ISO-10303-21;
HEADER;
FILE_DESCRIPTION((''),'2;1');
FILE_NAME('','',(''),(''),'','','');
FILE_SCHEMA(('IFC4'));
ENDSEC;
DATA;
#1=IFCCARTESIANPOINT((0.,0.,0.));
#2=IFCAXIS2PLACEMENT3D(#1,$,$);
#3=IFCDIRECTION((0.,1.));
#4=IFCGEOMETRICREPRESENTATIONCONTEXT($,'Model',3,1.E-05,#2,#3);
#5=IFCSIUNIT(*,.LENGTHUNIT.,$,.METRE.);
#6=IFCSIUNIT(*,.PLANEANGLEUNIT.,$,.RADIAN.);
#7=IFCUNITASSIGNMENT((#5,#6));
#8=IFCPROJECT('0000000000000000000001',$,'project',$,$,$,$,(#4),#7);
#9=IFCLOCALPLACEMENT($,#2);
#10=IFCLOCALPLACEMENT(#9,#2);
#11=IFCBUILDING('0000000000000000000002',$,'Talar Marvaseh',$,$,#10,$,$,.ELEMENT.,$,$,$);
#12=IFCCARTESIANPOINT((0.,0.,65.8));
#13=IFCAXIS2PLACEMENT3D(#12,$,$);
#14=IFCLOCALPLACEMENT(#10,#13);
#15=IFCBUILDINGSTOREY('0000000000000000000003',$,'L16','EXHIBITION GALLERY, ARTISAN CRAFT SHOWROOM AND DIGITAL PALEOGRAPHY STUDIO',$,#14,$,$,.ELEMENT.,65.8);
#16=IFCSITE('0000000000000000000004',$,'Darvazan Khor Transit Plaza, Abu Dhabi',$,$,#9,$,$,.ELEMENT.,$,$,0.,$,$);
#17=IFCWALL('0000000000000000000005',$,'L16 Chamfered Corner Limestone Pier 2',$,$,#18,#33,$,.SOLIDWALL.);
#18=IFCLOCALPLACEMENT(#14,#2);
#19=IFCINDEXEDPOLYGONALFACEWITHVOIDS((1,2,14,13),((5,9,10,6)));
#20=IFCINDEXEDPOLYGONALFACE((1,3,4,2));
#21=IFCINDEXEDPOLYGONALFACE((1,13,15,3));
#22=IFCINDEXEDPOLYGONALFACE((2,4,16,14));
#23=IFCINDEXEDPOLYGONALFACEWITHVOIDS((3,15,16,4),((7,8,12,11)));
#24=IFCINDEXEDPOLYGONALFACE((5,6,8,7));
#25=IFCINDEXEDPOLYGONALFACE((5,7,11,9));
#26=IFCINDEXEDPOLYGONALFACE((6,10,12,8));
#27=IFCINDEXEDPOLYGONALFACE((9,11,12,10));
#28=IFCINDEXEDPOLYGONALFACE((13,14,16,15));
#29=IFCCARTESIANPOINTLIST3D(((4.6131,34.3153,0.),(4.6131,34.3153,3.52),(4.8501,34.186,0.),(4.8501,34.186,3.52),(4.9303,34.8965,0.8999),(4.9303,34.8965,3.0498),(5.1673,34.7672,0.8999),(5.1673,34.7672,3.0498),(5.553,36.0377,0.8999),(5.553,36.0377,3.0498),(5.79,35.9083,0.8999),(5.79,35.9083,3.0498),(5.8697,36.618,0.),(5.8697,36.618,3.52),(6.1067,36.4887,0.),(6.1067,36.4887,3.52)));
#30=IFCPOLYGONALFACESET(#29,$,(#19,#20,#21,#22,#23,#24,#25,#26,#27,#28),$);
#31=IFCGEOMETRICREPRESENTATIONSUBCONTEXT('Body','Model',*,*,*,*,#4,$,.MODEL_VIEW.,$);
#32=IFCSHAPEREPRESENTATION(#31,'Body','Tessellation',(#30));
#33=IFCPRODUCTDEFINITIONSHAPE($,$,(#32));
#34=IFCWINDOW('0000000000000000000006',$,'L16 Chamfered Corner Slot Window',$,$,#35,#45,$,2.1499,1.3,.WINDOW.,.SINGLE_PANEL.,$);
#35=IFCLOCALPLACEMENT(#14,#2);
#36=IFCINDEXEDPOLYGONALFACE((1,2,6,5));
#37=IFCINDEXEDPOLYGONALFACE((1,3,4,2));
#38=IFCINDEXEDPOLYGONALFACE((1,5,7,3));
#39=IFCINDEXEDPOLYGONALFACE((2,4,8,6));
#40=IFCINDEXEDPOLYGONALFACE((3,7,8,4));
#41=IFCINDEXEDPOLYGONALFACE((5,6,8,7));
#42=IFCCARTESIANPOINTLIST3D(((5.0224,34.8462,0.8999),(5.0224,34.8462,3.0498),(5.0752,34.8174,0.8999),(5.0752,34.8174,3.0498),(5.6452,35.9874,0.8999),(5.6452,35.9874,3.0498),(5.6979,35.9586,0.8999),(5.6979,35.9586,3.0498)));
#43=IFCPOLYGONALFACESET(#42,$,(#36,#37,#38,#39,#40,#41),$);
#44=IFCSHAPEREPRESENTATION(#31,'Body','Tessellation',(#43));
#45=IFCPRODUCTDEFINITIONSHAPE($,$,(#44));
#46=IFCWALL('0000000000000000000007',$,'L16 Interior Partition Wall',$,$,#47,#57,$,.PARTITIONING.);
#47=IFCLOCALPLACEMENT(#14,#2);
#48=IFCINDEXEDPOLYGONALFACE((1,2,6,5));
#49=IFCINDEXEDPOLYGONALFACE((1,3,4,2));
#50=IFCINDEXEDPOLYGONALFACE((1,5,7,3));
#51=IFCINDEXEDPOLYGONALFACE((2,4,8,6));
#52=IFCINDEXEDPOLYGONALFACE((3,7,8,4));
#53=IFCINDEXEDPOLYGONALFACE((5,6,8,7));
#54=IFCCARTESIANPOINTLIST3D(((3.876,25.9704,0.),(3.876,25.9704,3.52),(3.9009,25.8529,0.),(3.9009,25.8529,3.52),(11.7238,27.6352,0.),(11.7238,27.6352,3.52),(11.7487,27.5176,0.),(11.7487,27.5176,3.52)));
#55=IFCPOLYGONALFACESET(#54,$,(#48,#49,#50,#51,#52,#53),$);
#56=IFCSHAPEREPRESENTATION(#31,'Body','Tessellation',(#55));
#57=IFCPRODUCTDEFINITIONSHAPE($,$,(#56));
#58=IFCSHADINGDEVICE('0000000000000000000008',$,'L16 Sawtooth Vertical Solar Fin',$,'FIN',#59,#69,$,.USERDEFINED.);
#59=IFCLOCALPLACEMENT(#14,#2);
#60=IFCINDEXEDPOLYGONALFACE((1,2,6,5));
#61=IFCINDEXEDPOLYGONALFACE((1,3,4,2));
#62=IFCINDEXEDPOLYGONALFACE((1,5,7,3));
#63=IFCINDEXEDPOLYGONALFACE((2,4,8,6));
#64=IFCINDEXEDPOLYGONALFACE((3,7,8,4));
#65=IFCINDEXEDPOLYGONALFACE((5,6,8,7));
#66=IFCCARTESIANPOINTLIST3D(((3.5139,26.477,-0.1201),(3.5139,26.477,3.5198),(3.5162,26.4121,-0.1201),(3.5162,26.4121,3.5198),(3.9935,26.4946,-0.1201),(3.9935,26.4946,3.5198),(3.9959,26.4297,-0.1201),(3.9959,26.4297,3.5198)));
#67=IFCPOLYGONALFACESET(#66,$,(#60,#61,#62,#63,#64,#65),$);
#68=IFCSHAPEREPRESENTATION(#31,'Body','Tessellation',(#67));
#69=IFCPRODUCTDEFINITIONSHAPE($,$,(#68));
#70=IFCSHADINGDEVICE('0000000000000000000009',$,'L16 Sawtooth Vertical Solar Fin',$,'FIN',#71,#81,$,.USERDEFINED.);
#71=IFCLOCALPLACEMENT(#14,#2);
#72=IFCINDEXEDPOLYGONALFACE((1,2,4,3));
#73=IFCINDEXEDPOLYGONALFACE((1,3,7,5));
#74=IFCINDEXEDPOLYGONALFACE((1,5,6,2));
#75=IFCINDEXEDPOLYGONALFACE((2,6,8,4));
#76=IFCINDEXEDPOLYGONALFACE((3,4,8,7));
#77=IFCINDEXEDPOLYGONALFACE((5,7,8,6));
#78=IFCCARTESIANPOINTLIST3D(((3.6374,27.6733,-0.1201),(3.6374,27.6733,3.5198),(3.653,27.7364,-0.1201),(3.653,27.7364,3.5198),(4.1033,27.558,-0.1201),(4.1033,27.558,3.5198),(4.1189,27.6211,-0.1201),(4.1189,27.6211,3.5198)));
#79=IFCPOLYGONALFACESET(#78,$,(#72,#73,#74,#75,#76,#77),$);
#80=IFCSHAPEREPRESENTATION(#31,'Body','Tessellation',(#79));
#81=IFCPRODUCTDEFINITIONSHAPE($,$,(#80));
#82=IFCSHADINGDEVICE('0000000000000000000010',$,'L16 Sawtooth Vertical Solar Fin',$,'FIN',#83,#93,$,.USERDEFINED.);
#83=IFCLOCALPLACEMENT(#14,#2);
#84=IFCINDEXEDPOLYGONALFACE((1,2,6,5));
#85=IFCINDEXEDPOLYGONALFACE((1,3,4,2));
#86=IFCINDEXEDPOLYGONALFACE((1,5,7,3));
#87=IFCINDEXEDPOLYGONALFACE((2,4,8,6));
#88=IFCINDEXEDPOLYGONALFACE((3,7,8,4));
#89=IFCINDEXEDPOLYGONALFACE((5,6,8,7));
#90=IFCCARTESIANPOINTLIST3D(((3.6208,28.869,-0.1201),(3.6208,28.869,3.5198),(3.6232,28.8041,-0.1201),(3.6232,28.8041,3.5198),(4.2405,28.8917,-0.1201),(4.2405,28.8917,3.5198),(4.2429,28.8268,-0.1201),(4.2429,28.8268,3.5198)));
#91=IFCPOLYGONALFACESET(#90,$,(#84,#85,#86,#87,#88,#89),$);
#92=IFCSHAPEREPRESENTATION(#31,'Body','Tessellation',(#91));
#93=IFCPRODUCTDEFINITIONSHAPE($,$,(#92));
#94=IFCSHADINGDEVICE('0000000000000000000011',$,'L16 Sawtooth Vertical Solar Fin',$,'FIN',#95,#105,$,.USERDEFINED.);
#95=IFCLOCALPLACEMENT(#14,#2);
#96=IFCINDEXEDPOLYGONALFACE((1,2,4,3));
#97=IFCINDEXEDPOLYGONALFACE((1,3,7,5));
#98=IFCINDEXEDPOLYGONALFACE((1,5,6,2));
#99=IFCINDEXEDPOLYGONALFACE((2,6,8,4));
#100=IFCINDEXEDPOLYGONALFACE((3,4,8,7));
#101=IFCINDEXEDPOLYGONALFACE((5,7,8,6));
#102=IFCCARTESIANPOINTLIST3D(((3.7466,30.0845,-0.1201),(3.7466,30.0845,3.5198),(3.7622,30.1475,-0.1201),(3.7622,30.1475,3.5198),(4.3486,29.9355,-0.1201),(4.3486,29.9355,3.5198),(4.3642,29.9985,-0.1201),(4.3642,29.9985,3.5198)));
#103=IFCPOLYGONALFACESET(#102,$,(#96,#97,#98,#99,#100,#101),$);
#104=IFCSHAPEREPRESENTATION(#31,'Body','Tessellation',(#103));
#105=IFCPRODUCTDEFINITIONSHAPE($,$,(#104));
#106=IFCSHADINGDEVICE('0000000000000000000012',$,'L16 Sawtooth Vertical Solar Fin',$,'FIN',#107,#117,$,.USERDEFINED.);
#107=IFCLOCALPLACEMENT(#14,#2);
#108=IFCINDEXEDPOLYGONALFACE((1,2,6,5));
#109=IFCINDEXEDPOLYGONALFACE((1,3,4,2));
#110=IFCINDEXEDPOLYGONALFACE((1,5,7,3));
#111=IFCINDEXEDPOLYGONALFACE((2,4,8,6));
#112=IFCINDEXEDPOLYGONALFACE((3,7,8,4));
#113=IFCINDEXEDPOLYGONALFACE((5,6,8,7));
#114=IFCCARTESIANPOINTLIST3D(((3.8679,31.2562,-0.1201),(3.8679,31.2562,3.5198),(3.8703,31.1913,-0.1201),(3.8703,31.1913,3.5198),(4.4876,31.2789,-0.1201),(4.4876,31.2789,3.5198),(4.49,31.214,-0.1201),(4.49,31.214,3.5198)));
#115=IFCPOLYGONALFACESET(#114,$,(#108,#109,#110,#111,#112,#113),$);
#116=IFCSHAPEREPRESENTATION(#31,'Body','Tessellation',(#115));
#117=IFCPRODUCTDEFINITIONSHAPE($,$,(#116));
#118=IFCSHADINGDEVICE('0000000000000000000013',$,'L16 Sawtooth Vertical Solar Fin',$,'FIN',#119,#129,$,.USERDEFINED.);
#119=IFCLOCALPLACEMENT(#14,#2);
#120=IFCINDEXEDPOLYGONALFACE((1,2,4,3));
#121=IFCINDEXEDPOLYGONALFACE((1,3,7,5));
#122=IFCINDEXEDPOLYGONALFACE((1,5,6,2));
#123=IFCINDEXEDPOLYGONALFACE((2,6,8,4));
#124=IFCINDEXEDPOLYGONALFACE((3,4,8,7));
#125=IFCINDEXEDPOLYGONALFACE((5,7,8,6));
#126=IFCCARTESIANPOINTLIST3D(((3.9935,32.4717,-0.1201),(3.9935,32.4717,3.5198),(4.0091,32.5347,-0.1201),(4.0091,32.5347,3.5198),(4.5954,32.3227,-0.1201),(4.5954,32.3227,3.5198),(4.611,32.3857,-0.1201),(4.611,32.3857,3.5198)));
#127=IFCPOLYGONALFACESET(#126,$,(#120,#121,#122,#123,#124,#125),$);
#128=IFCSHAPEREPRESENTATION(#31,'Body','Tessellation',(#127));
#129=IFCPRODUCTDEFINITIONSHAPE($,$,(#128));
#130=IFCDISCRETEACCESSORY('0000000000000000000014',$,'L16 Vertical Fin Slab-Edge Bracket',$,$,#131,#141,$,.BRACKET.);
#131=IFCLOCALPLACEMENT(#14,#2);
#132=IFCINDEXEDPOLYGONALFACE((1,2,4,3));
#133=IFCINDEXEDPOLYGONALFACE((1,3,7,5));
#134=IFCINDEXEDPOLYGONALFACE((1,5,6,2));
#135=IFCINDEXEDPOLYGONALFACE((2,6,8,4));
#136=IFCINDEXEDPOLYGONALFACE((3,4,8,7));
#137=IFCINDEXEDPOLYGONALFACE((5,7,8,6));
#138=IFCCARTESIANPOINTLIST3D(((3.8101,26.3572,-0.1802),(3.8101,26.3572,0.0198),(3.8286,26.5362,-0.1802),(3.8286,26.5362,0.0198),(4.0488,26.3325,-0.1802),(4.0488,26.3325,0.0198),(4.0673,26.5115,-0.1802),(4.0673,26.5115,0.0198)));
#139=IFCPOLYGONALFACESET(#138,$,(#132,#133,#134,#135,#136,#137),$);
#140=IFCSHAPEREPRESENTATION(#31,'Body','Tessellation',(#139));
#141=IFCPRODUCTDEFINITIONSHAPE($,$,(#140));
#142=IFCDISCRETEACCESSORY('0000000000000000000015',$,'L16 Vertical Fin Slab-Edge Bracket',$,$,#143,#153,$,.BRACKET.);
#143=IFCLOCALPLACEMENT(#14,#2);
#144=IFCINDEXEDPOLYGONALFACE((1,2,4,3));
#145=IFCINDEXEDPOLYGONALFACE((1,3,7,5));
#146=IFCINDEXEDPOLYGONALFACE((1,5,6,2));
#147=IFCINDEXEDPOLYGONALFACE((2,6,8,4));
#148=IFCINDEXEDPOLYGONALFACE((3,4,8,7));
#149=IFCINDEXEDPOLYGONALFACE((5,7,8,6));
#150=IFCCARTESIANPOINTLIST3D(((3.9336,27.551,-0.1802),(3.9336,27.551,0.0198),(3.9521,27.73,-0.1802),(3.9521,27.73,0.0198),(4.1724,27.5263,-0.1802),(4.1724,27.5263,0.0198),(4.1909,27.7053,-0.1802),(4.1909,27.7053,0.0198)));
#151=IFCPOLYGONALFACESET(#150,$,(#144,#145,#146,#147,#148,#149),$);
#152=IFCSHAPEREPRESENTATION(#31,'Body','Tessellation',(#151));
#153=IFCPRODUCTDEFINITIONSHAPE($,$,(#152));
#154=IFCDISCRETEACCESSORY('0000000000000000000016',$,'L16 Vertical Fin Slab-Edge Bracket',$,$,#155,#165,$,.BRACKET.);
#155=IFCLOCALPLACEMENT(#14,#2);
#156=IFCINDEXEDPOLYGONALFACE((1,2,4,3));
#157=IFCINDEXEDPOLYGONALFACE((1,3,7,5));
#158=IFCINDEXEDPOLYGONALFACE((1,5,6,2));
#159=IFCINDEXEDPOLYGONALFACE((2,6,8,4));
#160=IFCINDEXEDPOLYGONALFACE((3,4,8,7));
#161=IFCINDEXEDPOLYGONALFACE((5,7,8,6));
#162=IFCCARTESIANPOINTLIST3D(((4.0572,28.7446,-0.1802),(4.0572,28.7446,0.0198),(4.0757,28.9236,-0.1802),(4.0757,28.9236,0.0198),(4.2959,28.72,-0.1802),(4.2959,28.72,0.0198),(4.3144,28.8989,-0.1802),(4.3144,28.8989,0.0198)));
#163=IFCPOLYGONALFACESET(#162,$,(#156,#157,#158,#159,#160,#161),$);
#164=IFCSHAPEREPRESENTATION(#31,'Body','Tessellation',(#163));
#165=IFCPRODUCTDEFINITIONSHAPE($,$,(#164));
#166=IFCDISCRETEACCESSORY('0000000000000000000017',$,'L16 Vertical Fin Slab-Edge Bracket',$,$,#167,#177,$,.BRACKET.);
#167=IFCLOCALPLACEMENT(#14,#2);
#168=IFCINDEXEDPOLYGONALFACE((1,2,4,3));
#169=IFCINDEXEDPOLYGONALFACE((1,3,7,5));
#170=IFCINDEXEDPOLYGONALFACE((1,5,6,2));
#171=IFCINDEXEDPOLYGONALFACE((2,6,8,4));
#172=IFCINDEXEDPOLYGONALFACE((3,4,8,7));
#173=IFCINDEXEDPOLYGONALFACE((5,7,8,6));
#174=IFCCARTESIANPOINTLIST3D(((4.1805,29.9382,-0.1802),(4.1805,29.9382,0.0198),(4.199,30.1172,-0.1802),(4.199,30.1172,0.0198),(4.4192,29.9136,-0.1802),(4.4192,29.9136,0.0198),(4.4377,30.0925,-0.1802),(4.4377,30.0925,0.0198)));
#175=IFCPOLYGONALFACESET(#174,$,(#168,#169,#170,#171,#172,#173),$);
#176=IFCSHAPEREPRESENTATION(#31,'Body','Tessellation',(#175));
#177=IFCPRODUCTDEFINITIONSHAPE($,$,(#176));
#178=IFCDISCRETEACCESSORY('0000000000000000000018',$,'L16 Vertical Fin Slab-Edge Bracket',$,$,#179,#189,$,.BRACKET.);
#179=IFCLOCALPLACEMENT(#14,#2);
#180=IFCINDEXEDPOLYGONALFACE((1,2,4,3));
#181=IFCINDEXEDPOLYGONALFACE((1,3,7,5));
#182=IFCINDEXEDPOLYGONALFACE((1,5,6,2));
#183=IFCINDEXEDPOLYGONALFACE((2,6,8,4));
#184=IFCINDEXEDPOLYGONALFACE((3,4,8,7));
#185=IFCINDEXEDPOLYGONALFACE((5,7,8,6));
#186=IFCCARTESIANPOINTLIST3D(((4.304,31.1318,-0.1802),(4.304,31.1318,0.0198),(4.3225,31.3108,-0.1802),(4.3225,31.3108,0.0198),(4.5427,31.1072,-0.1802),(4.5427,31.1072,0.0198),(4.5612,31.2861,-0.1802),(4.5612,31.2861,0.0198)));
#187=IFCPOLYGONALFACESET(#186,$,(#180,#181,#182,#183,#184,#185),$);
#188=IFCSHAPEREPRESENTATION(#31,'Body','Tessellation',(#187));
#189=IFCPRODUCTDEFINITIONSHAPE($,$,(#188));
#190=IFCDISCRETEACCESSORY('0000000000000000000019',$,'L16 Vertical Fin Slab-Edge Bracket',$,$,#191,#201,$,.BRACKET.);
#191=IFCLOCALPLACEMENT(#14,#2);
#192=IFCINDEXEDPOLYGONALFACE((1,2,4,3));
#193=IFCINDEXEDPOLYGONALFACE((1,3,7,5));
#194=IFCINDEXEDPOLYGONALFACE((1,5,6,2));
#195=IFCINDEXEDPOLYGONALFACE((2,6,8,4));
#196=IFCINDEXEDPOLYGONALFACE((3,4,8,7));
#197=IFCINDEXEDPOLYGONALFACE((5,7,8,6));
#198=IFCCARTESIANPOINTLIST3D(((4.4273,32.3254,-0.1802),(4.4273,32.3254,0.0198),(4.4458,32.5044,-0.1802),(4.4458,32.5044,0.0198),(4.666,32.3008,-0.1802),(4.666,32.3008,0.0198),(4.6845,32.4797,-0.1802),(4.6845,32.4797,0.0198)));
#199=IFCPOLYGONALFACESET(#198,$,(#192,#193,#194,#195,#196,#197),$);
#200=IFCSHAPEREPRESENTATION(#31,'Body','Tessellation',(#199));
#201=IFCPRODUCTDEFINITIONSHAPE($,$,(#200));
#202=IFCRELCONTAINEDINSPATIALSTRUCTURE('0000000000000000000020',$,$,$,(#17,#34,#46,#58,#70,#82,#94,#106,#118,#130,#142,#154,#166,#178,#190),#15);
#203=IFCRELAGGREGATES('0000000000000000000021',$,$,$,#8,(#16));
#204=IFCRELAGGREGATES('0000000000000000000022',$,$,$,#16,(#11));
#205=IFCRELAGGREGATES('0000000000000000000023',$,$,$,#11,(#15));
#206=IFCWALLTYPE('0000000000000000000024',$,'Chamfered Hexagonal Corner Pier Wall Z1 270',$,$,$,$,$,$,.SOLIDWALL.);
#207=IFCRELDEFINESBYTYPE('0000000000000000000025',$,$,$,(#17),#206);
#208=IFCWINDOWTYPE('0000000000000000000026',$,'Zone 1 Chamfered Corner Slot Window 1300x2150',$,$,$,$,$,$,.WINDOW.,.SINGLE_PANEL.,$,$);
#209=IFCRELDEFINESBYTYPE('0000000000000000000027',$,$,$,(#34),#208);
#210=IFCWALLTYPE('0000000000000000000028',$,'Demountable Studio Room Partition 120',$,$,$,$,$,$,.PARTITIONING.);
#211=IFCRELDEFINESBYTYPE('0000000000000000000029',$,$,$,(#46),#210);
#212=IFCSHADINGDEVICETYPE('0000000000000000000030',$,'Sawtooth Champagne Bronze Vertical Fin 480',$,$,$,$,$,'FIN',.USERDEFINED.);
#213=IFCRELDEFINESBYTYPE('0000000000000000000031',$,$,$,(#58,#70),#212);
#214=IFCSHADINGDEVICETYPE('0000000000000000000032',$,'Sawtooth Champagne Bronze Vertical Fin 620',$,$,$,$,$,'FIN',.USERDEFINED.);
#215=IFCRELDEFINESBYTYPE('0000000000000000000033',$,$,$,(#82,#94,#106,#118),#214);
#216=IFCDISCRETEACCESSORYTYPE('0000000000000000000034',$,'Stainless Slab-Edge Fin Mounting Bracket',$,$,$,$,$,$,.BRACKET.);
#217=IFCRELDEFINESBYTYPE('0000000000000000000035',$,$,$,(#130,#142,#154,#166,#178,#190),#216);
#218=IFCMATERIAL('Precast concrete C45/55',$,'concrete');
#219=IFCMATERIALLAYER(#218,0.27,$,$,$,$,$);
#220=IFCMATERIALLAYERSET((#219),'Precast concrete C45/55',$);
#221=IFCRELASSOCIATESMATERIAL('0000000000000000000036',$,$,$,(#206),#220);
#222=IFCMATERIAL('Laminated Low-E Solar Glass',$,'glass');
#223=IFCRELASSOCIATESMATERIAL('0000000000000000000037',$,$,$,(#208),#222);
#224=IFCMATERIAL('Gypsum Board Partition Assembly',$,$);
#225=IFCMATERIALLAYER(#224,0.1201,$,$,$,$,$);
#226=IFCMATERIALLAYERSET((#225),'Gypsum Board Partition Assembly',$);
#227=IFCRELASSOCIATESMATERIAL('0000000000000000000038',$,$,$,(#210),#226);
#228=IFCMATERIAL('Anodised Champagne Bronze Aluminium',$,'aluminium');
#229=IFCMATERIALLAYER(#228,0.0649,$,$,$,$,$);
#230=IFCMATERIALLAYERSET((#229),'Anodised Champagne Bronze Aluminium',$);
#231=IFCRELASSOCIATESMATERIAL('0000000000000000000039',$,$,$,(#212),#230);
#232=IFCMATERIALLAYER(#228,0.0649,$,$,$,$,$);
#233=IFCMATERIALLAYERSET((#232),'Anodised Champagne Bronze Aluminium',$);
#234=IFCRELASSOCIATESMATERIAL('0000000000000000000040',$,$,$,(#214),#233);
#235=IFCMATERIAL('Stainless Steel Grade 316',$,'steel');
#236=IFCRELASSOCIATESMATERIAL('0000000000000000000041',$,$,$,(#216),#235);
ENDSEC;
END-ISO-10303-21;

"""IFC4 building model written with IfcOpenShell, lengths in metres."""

from ifc_helpers import new_model, si_unit, direction, frame, frame_2d, origin, origin_2d, place, context, subcontext, project, spatial, rectangle, extrude, source, transform, mapped, material, layer, layer_set, type_object, type_shapes, element, fill, save


model = new_model("IFC4")

# Units and contexts
model_context = context("Model", 3, precision=1e-05, world=origin(), true_north=direction((0.0, 1.0)))
body_context = subcontext(model_context, "Body", "Model", "MODEL_VIEW")
ifc_project = project(units=[si_unit("LENGTHUNIT", "METRE"), si_unit("PLANEANGLEUNIT", "RADIAN")], contexts=[model_context])

# Site, building, storey
site_placement = place(None, origin())
site = spatial("IfcSite", under=ifc_project, at=site_placement, Name="Darvazan Khor Transit Plaza, Abu Dhabi", CompositionType="ELEMENT", RefElevation=0.0)
building_placement = place(site_placement, origin())
building = spatial("IfcBuilding", under=site, at=building_placement, Name="Talar Marvaseh", CompositionType="ELEMENT")
storey_placement = place(building_placement, frame((0.0, 0.0, 65.8)))
storey = spatial("IfcBuildingStorey", under=building, at=storey_placement, Name="L16", Description="EXHIBITION GALLERY, ARTISAN CRAFT SHOWROOM AND DIGITAL PALEOGRAPHY STUDIO", CompositionType="ELEMENT", Elevation=65.8)

# Shared definitions
ifc_material_1 = material(Name="Laminated Low-E Solar Glass", Category="glass")

# Wall, opening, window
ifc_material_2 = material(Name="Precast concrete C45/55", Category="concrete")
ifc_layer_1 = layer(ifc_material_2, 0.27)
ifc_layer_set_1 = layer_set([ifc_layer_1], Name="Precast concrete C45/55")
wall_type_1 = type_object("IfcWallType", Name="Chamfered Hexagonal Corner Pier Wall Z1 270", PredefinedType="SOLIDWALL", material=ifc_layer_set_1)
wall_1_placement = place(storey_placement, frame((4.7317, 34.2507, 0.0), z_axis=(0.0, 0.0, 1.0), x_axis=(0.479015, 0.877807, 0.0)))
wall_1 = element("IfcWall", 1, at=wall_1_placement, inside=storey, type_object=wall_type_1, Name="L16 Chamfered Corner Limestone Pier 2", PredefinedType="SOLIDWALL", context=body_context, shape_type="SweptSolid", body=[
    extrude(rectangle(XDim=2.6233, YDim=0.27, at=frame_2d((1.3115, 0.0))), origin(), (0.0, 0.0, 1.0), 3.52),
])
opening_placement = place(wall_1_placement, frame((0.6621, 0.0, 0.8999)))
opening = element("IfcOpeningElement", 2, at=opening_placement, cuts=wall_1, PredefinedType="OPENING", context=body_context, shape_type="SweptSolid", body=[
    extrude(rectangle(XDim=1.3, YDim=2.1499, at=frame_2d((0.6499, 1.075))), frame((0.0, 0.145, 0.0), z_axis=(0.0, -1.0, 0.0), x_axis=(1.0, 0.0, 0.0)), (0.0, 0.0, 1.0), 0.29),
])
window_type = type_object("IfcWindowType", Name="Zone 1 Chamfered Corner Slot Window 1300x2150", PartitioningType="SINGLE_PANEL", PredefinedType="WINDOW", material=ifc_material_1)
shared_shape_1 = source(origin(), body_context, "Body", "SweptSolid", [
    extrude(rectangle(XDim=1.3, YDim=2.1499, at=frame_2d((0.6499, 1.075))), frame((0.0, 0.03, 0.0), z_axis=(0.0, -1.0, 0.0), x_axis=(1.0, 0.0, 0.0)), (0.0, 0.0, 1.0), 0.0601),
])
type_shapes(window_type, [shared_shape_1])
window_placement = place(opening_placement, origin())
window = element("IfcWindow", 3, at=window_placement, inside=storey, type_object=window_type, Name="L16 Chamfered Corner Slot Window", OverallHeight=2.1499, OverallWidth=1.3, PartitioningType="SINGLE_PANEL", PredefinedType="WINDOW", context=body_context, shape_type="MappedRepresentation", body=[
    mapped(shared_shape_1, transform((0.0, 0.0, 0.0), x_axis=(1.0, 0.0, 0.0), y_axis=(0.0, 1.0, 0.0), z_axis=(0.0, 0.0, 1.0), scale=1.0)),
])
fill(opening, window)

# Wall
ifc_material_3 = material(Name="Gypsum Board Partition Assembly")
ifc_layer_2 = layer(ifc_material_3, 0.1201)
ifc_layer_set_2 = layer_set([ifc_layer_2], Name="Gypsum Board Partition Assembly")
wall_type_2 = type_object("IfcWallType", Name="Demountable Studio Room Partition 120", PredefinedType="PARTITIONING", material=ifc_layer_set_2)
wall_2_placement = place(storey_placement, frame((3.8884, 25.9116, 0.0), z_axis=(0.0, 0.0, 1.0), x_axis=(0.978232, 0.207515, 0.0)))
element("IfcWall", 4, at=wall_2_placement, inside=storey, type_object=wall_type_2, Name="L16 Interior Partition Wall", PredefinedType="PARTITIONING", context=body_context, shape_type="SweptSolid", body=[
    extrude(rectangle(XDim=8.0225, YDim=0.1201, at=frame_2d((4.0112, 0.0))), origin(), (0.0, 0.0, 1.0), 3.52),
])

# Shading devices
ifc_material_4 = material(Name="Anodised Champagne Bronze Aluminium", Category="aluminium")
ifc_layer_3 = layer(ifc_material_4, 0.0649)
ifc_layer_set_3 = layer_set([ifc_layer_3], Name="Anodised Champagne Bronze Aluminium")
shading_device_type_1 = type_object("IfcShadingDeviceType", Name="Sawtooth Champagne Bronze Vertical Fin 480", ElementType="FIN", PredefinedType="USERDEFINED", material=ifc_layer_set_3)
shared_shape_2 = source(origin(), body_context, "Body", "SweptSolid", [
    extrude(rectangle(XDim=0.48, YDim=0.0649, at=origin_2d()), origin(), (0.0, 0.0, 1.0), 3.6399),
])
type_shapes(shading_device_type_1, [shared_shape_2])
for number, where, z_axis, x_axis, name in (
    (5, (3.7549, 26.4534, -0.1201), (0.0, 0.0, 1.0), (-0.999328, -0.036644, 0.0), "L16 Sawtooth Vertical Solar Fin"),
    (6, (3.8782, 27.6472, -0.1201), (0.0, 0.0, 1.0), (-0.970716, 0.240228, 0.0), "L16 Sawtooth Vertical Solar Fin"),
):
    element("IfcShadingDevice", number, at=place(storey_placement, frame(where, z_axis=z_axis, x_axis=x_axis)), inside=storey, type_object=shading_device_type_1, Name=name, ObjectType="FIN", PredefinedType="USERDEFINED", context=body_context, shape_type="MappedRepresentation", body=[
        mapped(shared_shape_2, transform((0.0, 0.0, 0.0), x_axis=(1.0, 0.0, 0.0), y_axis=(0.0, 1.0, 0.0), z_axis=(0.0, 0.0, 1.0), scale=1.0)),
    ])
ifc_layer_4 = layer(ifc_material_4, 0.0649)
ifc_layer_set_4 = layer_set([ifc_layer_4], Name="Anodised Champagne Bronze Aluminium")
shading_device_type_2 = type_object("IfcShadingDeviceType", Name="Sawtooth Champagne Bronze Vertical Fin 620", ElementType="FIN", PredefinedType="USERDEFINED", material=ifc_layer_set_4)
shared_shape_3 = source(origin(), body_context, "Body", "SweptSolid", [
    extrude(rectangle(XDim=0.6201, YDim=0.0649, at=origin_2d()), origin(), (0.0, 0.0, 1.0), 3.6399),
])
type_shapes(shading_device_type_2, [shared_shape_3])
for number, where, z_axis, x_axis, name in (
    (7, (3.9319, 28.8479, -0.1201), (0.0, 0.0, 1.0), (-0.999328, -0.036644, 0.0), "L16 Sawtooth Vertical Solar Fin"),
    (8, (4.0554, 30.0415, -0.1201), (0.0, 0.0, 1.0), (-0.970716, 0.240228, 0.0), "L16 Sawtooth Vertical Solar Fin"),
    (9, (4.179, 31.2351, -0.1201), (0.0, 0.0, 1.0), (-0.999328, -0.036644, 0.0), "L16 Sawtooth Vertical Solar Fin"),
    (10, (4.3022, 32.4287, -0.1201), (0.0, 0.0, 1.0), (-0.970716, 0.240228, 0.0), "L16 Sawtooth Vertical Solar Fin"),
):
    element("IfcShadingDevice", number, at=place(storey_placement, frame(where, z_axis=z_axis, x_axis=x_axis)), inside=storey, type_object=shading_device_type_2, Name=name, ObjectType="FIN", PredefinedType="USERDEFINED", context=body_context, shape_type="MappedRepresentation", body=[
        mapped(shared_shape_3, transform((0.0, 0.0, 0.0), x_axis=(1.0, 0.0, 0.0), y_axis=(0.0, 1.0, 0.0), z_axis=(0.0, 0.0, 1.0), scale=1.0)),
    ])

# Discrete accessories
ifc_material_5 = material(Name="Stainless Steel Grade 316", Category="steel")
discrete_accessory_type = type_object("IfcDiscreteAccessoryType", Name="Stainless Slab-Edge Fin Mounting Bracket", PredefinedType="BRACKET", material=ifc_material_5)
shared_shape_4 = source(origin(), body_context, "Body", "SweptSolid", [
    extrude(rectangle(XDim=0.24, YDim=0.1799, at=origin_2d()), origin(), (0.0, 0.0, 1.0), 0.2),
])
type_shapes(discrete_accessory_type, [shared_shape_4])
for number, where, z_axis, x_axis, name in (
    (11, (3.9387, 26.4343, -0.1802), (0.0, 0.0, 1.0), (-0.994703, 0.102793, 0.0), "L16 Vertical Fin Slab-Edge Bracket"),
    (12, (4.0623, 27.6282, -0.1802), (0.0, 0.0, 1.0), (-0.994703, 0.102793, 0.0), "L16 Vertical Fin Slab-Edge Bracket"),
    (13, (4.1858, 28.8218, -0.1802), (0.0, 0.0, 1.0), (-0.994703, 0.102793, 0.0), "L16 Vertical Fin Slab-Edge Bracket"),
    (14, (4.3091, 30.0154, -0.1802), (0.0, 0.0, 1.0), (-0.994703, 0.102793, 0.0), "L16 Vertical Fin Slab-Edge Bracket"),
    (15, (4.4326, 31.209, -0.1802), (0.0, 0.0, 1.0), (-0.994703, 0.102793, 0.0), "L16 Vertical Fin Slab-Edge Bracket"),
    (16, (4.5559, 32.4026, -0.1802), (0.0, 0.0, 1.0), (-0.994703, 0.102793, 0.0), "L16 Vertical Fin Slab-Edge Bracket"),
):
    element("IfcDiscreteAccessory", number, at=place(storey_placement, frame(where, z_axis=z_axis, x_axis=x_axis)), inside=storey, type_object=discrete_accessory_type, Name=name, PredefinedType="BRACKET", context=body_context, shape_type="MappedRepresentation", body=[
        mapped(shared_shape_4, transform((0.0, 0.0, 0.0), x_axis=(1.0, 0.0, 0.0), y_axis=(0.0, 1.0, 0.0), z_axis=(0.0, 0.0, 1.0), scale=1.0)),
    ])

save(model, "model.ifc")
